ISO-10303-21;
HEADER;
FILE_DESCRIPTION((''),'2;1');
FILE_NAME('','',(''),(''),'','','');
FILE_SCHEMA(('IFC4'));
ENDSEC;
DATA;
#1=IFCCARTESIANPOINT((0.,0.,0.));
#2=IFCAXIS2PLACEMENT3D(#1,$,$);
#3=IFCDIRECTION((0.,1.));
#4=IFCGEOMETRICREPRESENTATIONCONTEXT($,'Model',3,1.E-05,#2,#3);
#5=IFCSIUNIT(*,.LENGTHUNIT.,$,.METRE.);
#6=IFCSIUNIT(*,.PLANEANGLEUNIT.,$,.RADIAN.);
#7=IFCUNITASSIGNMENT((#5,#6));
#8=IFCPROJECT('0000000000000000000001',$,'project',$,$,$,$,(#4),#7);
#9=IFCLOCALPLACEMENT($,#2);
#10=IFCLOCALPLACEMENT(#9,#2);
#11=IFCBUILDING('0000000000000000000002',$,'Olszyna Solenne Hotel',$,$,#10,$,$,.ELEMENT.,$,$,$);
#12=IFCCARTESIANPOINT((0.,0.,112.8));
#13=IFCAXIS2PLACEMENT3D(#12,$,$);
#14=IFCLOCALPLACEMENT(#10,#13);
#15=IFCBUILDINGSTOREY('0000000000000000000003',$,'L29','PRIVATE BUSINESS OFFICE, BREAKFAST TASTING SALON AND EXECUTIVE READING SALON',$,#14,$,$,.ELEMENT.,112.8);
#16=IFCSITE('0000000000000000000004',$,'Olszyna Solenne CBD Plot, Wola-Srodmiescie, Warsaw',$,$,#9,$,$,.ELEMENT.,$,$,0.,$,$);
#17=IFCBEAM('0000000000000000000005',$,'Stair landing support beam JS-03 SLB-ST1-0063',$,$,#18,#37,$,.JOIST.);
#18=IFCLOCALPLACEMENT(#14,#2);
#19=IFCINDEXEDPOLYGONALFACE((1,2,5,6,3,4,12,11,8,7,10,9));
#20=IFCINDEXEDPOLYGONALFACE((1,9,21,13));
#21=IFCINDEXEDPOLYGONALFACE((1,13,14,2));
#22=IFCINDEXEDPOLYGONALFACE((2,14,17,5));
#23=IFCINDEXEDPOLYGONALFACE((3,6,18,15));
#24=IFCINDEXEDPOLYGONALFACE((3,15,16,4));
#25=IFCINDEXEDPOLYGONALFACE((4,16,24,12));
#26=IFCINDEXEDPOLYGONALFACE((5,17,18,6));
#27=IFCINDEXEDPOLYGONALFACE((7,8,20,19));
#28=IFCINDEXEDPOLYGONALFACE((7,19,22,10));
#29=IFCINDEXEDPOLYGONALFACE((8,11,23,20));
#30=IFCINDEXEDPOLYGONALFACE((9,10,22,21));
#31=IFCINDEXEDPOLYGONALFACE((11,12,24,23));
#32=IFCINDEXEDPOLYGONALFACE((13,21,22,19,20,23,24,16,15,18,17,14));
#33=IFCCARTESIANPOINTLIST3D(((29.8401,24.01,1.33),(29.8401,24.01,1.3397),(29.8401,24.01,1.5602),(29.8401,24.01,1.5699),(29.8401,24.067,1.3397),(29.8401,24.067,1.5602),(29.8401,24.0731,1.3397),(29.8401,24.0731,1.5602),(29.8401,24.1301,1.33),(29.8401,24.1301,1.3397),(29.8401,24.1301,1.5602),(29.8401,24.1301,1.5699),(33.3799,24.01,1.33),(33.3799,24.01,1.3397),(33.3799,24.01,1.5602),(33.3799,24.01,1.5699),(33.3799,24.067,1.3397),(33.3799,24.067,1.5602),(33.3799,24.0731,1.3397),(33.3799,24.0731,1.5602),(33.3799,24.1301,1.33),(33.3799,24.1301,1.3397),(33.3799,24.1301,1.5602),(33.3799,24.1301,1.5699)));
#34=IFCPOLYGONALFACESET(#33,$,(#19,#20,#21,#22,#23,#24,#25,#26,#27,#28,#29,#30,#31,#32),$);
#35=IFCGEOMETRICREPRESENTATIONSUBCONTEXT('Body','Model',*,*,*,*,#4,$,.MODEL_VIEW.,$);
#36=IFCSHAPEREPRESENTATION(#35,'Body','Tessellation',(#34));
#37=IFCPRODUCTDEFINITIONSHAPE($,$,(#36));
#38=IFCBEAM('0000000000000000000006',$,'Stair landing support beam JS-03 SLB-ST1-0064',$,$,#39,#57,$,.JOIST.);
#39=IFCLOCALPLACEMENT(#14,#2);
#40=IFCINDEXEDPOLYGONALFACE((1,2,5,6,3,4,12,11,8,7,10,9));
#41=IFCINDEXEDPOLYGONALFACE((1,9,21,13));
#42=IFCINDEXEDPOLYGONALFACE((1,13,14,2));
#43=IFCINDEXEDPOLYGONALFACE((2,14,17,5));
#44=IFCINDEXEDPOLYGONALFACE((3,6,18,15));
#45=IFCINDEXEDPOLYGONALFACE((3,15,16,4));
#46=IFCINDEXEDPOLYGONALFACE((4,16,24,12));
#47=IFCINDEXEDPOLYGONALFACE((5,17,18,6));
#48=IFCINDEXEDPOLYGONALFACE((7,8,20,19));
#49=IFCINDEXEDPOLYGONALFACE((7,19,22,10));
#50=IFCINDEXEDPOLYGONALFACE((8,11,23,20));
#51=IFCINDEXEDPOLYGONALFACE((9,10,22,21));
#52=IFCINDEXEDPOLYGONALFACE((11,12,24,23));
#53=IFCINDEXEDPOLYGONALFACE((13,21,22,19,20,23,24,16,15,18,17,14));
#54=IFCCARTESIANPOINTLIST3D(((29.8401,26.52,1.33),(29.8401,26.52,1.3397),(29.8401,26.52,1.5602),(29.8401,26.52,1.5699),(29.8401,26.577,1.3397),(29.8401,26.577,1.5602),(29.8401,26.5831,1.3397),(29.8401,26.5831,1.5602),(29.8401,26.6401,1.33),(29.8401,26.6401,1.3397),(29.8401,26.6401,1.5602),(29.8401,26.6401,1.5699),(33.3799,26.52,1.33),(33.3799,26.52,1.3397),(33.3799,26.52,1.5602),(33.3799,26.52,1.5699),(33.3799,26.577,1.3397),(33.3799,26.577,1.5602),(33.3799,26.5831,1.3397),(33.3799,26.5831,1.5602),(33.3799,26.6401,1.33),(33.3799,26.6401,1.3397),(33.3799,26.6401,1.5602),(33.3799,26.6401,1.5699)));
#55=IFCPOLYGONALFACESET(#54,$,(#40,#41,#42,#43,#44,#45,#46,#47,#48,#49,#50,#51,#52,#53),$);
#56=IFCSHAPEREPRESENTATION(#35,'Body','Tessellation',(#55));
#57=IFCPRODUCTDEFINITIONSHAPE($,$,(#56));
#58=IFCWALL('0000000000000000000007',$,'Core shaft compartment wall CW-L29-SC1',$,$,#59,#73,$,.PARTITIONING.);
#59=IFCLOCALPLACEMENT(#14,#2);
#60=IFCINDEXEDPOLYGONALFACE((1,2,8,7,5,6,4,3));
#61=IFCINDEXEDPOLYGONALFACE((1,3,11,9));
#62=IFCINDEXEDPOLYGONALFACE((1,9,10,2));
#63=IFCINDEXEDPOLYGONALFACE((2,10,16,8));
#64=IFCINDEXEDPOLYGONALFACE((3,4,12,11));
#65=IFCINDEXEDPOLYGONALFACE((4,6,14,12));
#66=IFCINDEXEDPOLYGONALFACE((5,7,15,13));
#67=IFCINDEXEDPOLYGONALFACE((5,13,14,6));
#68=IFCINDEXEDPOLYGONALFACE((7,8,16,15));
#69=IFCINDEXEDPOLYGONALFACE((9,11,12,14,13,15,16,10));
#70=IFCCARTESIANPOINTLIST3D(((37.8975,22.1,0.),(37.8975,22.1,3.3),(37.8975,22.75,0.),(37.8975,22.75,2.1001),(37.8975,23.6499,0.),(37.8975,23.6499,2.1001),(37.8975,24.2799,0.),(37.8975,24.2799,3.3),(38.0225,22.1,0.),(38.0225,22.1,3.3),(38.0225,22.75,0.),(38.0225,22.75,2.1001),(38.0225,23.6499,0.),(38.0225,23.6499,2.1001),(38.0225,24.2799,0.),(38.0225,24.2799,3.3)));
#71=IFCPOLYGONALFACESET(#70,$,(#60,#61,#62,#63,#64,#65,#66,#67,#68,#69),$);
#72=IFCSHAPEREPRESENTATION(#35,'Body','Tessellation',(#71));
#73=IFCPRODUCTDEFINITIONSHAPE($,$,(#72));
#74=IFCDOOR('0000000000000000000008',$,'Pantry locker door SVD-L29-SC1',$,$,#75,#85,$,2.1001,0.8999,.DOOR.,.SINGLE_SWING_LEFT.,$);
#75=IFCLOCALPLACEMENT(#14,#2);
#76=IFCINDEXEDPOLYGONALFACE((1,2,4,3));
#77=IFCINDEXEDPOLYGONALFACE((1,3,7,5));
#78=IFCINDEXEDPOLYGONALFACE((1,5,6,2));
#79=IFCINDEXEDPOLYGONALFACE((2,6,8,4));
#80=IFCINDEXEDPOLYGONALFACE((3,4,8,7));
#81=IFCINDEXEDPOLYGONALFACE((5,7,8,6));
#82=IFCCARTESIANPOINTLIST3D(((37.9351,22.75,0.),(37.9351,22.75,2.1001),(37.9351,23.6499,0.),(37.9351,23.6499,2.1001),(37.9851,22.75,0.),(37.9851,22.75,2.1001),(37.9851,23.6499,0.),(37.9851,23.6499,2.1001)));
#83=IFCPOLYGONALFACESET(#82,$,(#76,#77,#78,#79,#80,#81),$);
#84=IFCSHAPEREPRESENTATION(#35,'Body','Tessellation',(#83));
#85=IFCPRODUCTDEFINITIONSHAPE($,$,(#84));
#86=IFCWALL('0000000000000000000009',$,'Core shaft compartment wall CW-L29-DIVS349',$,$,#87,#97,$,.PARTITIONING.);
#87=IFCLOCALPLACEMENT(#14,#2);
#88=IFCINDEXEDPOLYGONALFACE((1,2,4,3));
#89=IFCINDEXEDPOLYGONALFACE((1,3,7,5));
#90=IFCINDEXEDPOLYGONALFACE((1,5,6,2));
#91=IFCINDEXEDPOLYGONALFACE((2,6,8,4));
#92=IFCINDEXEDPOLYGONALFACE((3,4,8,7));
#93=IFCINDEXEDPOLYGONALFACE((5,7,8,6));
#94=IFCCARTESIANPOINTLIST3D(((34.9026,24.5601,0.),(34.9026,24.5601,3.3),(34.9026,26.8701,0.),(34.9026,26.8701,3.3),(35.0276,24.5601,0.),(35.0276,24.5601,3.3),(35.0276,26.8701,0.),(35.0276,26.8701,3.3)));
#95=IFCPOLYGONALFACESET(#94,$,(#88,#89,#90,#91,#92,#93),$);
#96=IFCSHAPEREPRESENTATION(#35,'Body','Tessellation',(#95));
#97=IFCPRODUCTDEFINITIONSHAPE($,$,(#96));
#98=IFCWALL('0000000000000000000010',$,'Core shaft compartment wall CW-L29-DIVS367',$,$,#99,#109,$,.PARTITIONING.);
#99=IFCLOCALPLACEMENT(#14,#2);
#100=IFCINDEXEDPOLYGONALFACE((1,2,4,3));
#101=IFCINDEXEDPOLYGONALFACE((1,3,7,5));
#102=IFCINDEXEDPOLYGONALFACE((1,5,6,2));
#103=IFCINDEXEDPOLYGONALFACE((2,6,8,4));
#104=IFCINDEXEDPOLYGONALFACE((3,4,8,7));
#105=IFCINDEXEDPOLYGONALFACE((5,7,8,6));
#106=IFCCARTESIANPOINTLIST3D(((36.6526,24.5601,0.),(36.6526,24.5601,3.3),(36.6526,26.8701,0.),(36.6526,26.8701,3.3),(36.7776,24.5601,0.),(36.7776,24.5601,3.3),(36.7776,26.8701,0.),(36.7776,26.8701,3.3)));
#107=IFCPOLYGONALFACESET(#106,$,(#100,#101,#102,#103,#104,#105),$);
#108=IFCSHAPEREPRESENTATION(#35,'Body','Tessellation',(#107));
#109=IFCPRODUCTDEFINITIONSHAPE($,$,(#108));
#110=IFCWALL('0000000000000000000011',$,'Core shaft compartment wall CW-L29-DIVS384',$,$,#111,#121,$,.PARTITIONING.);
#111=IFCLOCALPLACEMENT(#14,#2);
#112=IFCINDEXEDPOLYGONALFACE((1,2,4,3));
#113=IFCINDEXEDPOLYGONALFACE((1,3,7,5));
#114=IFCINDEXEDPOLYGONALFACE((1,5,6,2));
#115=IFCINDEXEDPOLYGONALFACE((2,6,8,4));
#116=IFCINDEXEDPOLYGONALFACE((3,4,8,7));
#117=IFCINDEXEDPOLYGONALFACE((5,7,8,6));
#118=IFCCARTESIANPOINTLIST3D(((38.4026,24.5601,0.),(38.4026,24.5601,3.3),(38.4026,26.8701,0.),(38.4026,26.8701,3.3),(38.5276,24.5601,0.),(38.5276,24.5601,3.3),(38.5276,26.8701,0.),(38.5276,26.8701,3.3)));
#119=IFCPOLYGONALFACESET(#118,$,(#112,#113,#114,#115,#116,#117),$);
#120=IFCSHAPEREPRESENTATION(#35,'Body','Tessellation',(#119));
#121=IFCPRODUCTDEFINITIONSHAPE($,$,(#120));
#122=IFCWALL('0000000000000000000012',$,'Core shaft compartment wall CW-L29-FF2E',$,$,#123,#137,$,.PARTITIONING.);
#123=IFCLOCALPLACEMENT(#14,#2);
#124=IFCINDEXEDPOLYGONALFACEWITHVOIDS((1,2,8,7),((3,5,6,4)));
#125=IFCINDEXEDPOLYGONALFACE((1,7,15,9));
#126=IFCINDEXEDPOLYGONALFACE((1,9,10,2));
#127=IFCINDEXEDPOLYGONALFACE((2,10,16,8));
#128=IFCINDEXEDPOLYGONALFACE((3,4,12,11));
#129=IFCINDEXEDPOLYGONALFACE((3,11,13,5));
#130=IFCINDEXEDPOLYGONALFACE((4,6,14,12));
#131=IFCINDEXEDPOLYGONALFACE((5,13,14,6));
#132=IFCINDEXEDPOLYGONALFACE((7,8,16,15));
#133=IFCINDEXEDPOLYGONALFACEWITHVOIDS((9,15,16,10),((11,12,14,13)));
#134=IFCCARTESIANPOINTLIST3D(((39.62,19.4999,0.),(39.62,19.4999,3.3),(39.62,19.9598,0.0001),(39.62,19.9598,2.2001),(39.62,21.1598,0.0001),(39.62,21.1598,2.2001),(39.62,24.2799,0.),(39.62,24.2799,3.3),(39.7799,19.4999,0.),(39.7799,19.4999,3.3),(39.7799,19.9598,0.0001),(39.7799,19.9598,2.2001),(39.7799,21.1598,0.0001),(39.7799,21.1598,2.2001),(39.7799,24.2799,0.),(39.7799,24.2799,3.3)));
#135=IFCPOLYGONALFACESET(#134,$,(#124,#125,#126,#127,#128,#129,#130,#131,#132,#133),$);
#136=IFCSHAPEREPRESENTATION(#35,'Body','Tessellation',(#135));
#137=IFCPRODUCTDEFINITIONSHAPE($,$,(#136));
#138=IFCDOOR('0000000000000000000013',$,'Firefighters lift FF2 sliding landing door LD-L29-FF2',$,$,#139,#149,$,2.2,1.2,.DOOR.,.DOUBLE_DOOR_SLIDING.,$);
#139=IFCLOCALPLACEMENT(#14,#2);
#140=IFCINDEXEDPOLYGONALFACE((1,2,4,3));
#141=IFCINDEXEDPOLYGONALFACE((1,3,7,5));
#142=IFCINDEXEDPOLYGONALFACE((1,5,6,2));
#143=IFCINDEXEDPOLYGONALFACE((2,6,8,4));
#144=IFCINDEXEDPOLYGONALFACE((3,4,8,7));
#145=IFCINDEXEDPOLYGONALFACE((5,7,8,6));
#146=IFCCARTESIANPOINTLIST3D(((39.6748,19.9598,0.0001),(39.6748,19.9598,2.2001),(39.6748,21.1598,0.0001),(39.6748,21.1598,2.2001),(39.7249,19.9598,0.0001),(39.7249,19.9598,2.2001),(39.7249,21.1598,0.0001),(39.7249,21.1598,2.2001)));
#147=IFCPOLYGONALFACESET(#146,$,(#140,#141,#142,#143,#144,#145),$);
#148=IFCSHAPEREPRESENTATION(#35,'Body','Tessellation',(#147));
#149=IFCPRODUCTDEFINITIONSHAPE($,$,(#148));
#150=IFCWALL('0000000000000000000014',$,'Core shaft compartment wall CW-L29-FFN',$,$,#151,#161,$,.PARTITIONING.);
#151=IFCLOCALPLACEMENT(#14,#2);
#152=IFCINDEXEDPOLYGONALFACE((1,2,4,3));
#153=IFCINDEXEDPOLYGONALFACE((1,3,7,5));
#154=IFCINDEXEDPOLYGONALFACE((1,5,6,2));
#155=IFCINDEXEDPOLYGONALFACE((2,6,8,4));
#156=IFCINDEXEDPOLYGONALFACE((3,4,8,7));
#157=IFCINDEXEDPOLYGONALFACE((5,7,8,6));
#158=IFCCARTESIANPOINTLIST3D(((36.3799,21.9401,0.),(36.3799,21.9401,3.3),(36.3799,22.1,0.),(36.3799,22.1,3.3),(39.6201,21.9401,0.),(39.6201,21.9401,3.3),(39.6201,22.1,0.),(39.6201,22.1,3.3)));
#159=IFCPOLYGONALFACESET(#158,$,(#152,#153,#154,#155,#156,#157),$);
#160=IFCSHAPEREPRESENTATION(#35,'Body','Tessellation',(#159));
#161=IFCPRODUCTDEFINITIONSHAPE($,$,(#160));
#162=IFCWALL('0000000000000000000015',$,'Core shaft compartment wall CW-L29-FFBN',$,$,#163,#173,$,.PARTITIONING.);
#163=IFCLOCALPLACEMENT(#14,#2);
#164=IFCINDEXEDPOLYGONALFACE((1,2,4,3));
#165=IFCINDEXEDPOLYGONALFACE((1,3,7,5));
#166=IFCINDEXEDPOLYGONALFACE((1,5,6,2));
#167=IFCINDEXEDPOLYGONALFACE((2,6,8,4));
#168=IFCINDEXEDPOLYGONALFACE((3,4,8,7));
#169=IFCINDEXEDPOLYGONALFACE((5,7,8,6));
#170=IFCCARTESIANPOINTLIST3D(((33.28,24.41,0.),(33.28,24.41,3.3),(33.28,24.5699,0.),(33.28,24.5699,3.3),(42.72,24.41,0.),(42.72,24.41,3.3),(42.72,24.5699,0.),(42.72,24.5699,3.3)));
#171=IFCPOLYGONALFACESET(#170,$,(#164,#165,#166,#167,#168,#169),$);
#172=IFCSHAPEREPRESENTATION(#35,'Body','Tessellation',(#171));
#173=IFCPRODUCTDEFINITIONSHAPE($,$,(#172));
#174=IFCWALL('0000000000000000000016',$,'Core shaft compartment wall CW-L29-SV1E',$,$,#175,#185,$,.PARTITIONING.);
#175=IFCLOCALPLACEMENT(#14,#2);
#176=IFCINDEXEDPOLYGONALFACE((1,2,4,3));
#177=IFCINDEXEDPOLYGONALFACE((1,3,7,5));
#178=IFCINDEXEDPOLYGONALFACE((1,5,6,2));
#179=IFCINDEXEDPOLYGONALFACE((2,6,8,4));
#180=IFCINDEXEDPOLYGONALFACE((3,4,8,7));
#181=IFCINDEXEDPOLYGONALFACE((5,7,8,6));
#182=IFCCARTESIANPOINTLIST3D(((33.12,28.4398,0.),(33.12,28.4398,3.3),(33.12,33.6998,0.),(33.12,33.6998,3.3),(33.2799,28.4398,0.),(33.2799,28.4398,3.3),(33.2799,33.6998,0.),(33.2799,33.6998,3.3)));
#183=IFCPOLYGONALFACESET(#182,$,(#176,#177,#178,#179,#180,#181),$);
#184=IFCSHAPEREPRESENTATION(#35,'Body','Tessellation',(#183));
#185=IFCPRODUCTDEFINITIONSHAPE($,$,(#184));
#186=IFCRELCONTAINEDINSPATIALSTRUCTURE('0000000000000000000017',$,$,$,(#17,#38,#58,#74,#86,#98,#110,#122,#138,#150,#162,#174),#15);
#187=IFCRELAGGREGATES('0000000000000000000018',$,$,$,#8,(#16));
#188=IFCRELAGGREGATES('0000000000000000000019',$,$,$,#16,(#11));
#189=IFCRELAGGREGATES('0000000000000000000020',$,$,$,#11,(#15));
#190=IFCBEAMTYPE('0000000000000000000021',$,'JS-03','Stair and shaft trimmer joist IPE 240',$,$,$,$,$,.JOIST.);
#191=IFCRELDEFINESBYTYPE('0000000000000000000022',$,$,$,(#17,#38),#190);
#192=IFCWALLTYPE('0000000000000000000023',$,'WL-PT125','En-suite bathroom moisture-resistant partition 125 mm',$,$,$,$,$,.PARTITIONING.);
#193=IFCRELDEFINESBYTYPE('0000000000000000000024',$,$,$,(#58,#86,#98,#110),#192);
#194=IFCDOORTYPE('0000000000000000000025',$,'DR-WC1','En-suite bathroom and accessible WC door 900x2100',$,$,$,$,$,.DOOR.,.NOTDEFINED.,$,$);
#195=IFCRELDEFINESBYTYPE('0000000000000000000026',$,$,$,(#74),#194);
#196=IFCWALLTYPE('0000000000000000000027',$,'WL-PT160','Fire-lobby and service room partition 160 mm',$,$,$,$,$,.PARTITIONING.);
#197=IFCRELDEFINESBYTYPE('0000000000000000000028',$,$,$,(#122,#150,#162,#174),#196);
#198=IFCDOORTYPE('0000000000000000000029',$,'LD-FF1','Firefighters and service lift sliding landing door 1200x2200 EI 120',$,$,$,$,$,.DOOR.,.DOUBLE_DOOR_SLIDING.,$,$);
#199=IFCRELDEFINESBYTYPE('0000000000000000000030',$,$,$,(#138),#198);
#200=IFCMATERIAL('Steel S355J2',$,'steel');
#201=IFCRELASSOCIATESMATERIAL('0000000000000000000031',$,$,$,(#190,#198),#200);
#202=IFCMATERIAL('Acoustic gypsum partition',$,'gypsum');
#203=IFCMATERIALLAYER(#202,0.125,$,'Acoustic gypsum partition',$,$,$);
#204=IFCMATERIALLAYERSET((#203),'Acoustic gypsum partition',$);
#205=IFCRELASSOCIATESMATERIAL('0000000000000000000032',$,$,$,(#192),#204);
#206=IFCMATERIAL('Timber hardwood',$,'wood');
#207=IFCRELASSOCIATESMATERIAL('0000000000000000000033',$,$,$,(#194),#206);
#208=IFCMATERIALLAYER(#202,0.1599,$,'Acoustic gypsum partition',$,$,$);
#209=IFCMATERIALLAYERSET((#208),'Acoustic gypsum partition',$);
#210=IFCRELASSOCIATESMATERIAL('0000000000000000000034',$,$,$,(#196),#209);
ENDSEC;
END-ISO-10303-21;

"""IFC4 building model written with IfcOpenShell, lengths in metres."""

from ifc_helpers import new_model, si_unit, direction, frame, frame_2d, origin, origin_2d, place, context, subcontext, project, spatial, rectangle, i_section, extrude, source, transform, mapped, material, layer, layer_set, material_profile, profile_set, type_object, type_shapes, element, fill, save


model = new_model("IFC4")

# Units and contexts
model_context = context("Model", 3, precision=1e-05, world=origin(), true_north=direction((0.0, 1.0)))
body_context = subcontext(model_context, "Body", "Model", "MODEL_VIEW")
ifc_project = project(units=[si_unit("LENGTHUNIT", "METRE"), si_unit("PLANEANGLEUNIT", "RADIAN")], contexts=[model_context])

# Site, building, storey
site_placement = place(None, origin())
site = spatial("IfcSite", under=ifc_project, at=site_placement, Name="Olszyna Solenne CBD Plot, Wola-Srodmiescie, Warsaw", CompositionType="ELEMENT", RefElevation=0.0)
building_placement = place(site_placement, origin())
building = spatial("IfcBuilding", under=site, at=building_placement, Name="Olszyna Solenne Hotel", CompositionType="ELEMENT")
storey_placement = place(building_placement, frame((0.0, 0.0, 112.8)))
storey = spatial("IfcBuildingStorey", under=building, at=storey_placement, Name="L29", Description="PRIVATE BUSINESS OFFICE, BREAKFAST TASTING SALON AND EXECUTIVE READING SALON", CompositionType="ELEMENT", Elevation=112.8)

# Beams
ifc_material_1 = material(Name="Steel S355J2", Category="steel")
ifc_material_profile = material_profile(ifc_material_1, i_section(OverallWidth=0.1201, OverallDepth=0.24, WebThickness=0.0061, FlangeThickness=0.0098, at=origin_2d()), Name="IPE 240", Category="load-bearing")
ifc_profile_set = profile_set([ifc_material_profile], Name="Steel S355J2")
beam_type = type_object("IfcBeamType", Name="JS-03", Description="Stair and shaft trimmer joist IPE 240", PredefinedType="JOIST", material=ifc_profile_set)
shared_shape_1 = source(origin(), body_context, "Body", "SweptSolid", [
    extrude(i_section(OverallWidth=0.1201, OverallDepth=0.24, WebThickness=0.0061, FlangeThickness=0.0098, at=origin_2d()), origin(), (0.0, 0.0, 1.0), 3.5398),
])
for number, where, z_axis, x_axis, name in (
    (1, (33.3799, 24.0701, 1.45), (-1.0, 0.0, 0.0), (0.0, -1.0, 0.0), "Stair landing support beam JS-03 SLB-ST1-0063"),
    (2, (33.3799, 26.5801, 1.45), (-1.0, 0.0, 0.0), (0.0, -1.0, 0.0), "Stair landing support beam JS-03 SLB-ST1-0064"),
):
    element("IfcBeam", number, at=place(storey_placement, frame(where, z_axis=z_axis, x_axis=x_axis)), inside=storey, type_object=beam_type, Name=name, PredefinedType="JOIST", context=body_context, shape_type="MappedRepresentation", body=[
        mapped(shared_shape_1, transform((0.0, 0.0, 0.0), x_axis=(1.0, 0.0, 0.0), y_axis=(0.0, 1.0, 0.0), z_axis=(0.0, 0.0, 1.0), scale=1.0)),
    ])

# Wall, opening, door
ifc_material_2 = material(Name="Acoustic gypsum partition", Category="gypsum")
ifc_layer_1 = layer(ifc_material_2, 0.125, Name="Acoustic gypsum partition")
ifc_layer_set_1 = layer_set([ifc_layer_1], Name="Acoustic gypsum partition")
wall_type_1 = type_object("IfcWallType", Name="WL-PT125", Description="En-suite bathroom moisture-resistant partition 125 mm", PredefinedType="PARTITIONING", material=ifc_layer_set_1)
wall_1_placement = place(storey_placement, frame((37.96, 22.1001, 0.0), z_axis=(0.0, 0.0, 1.0), x_axis=(0.0, 1.0, 0.0)))
wall_1 = element("IfcWall", 3, at=wall_1_placement, inside=storey, type_object=wall_type_1, Name="Core shaft compartment wall CW-L29-SC1", PredefinedType="PARTITIONING", context=body_context, shape_type="SweptSolid", body=[
    extrude(rectangle(XDim=2.1799, YDim=0.125, at=frame_2d((1.0898, 0.0))), origin(), (0.0, 0.0, 1.0), 3.3),
])
opening_1_placement = place(wall_1_placement, frame((0.6499, 0.0, 0.0)))
opening_1 = element("IfcOpeningElement", 4, at=opening_1_placement, cuts=wall_1, PredefinedType="OPENING", context=body_context, shape_type="SweptSolid", body=[
    extrude(rectangle(XDim=0.8999, YDim=2.1001, at=frame_2d((0.45, 1.05))), frame((0.0, 0.0725, 0.0), z_axis=(0.0, -1.0, 0.0), x_axis=(1.0, 0.0, 0.0)), (0.0, 0.0, 1.0), 0.145),
])
ifc_material_3 = material(Name="Timber hardwood", Category="wood")
door_type_1 = type_object("IfcDoorType", Name="DR-WC1", Description="En-suite bathroom and accessible WC door 900x2100", OperationType="NOTDEFINED", PredefinedType="DOOR", material=ifc_material_3)
shared_shape_2 = source(origin(), body_context, "Body", "SweptSolid", [
    extrude(rectangle(XDim=0.8999, YDim=2.1001, at=frame_2d((0.45, 1.05))), frame((0.0, 0.0249, 0.0), z_axis=(0.0, -1.0, 0.0), x_axis=(1.0, 0.0, 0.0)), (0.0, 0.0, 1.0), 0.05),
])
type_shapes(door_type_1, [shared_shape_2])
door_1_placement = place(opening_1_placement, origin())
door_1 = element("IfcDoor", 5, at=door_1_placement, inside=storey, type_object=door_type_1, Name="Pantry locker door SVD-L29-SC1", OperationType="SINGLE_SWING_LEFT", OverallHeight=2.1001, OverallWidth=0.8999, PredefinedType="DOOR", context=body_context, shape_type="MappedRepresentation", body=[
    mapped(shared_shape_2, transform((0.0, 0.0, 0.0), x_axis=(1.0, 0.0, 0.0), y_axis=(0.0, 1.0, 0.0), z_axis=(0.0, 0.0, 1.0), scale=1.0)),
])
fill(opening_1, door_1)

# Walls
for number, where, z_axis, x_axis, name in (
    (6, (34.9651, 24.5601, 0.0), (0.0, 0.0, 1.0), (0.0, 1.0, 0.0), "Core shaft compartment wall CW-L29-DIVS349"),
    (7, (36.7151, 24.5601, 0.0), (0.0, 0.0, 1.0), (0.0, 1.0, 0.0), "Core shaft compartment wall CW-L29-DIVS367"),
    (8, (38.4651, 24.5601, 0.0), (0.0, 0.0, 1.0), (0.0, 1.0, 0.0), "Core shaft compartment wall CW-L29-DIVS384"),
):
    element("IfcWall", number, at=place(storey_placement, frame(where, z_axis=z_axis, x_axis=x_axis)), inside=storey, type_object=wall_type_1, Name=name, PredefinedType="PARTITIONING", context=body_context, shape_type="SweptSolid", body=[
        extrude(rectangle(XDim=2.3101, YDim=0.125, at=frame_2d((1.155, 0.0))), origin(), (0.0, 0.0, 1.0), 3.3),
    ])

# Wall, opening, door
ifc_layer_2 = layer(ifc_material_2, 0.1599, Name="Acoustic gypsum partition")
ifc_layer_set_2 = layer_set([ifc_layer_2], Name="Acoustic gypsum partition")
wall_type_2 = type_object("IfcWallType", Name="WL-PT160", Description="Fire-lobby and service room partition 160 mm", PredefinedType="PARTITIONING", material=ifc_layer_set_2)
wall_2_placement = place(storey_placement, frame((39.7, 24.28, 0.0), z_axis=(0.0, 0.0, 1.0), x_axis=(0.0, -1.0, 0.0)))
wall_2 = element("IfcWall", 9, at=wall_2_placement, inside=storey, type_object=wall_type_2, Name="Core shaft compartment wall CW-L29-FF2E", PredefinedType="PARTITIONING", context=body_context, shape_type="SweptSolid", body=[
    extrude(rectangle(XDim=4.78, YDim=0.1599, at=frame_2d((2.3901, 0.0))), origin(), (0.0, 0.0, 1.0), 3.3),
])
opening_2_placement = place(wall_2_placement, frame((3.1201, 0.0, 0.0)))
opening_2 = element("IfcOpeningElement", 10, at=opening_2_placement, cuts=wall_2, PredefinedType="OPENING", context=body_context, shape_type="SweptSolid", body=[
    extrude(rectangle(XDim=1.2, YDim=2.2, at=frame_2d((0.6001, 1.1001))), frame((0.0, 0.0898, 0.0), z_axis=(0.0, -1.0, 0.0), x_axis=(1.0, 0.0, 0.0)), (0.0, 0.0, 1.0), 0.1799),
])
door_type_2 = type_object("IfcDoorType", Name="LD-FF1", Description="Firefighters and service lift sliding landing door 1200x2200 EI 120", OperationType="DOUBLE_DOOR_SLIDING", PredefinedType="DOOR", material=ifc_material_1)
shared_shape_3 = source(origin(), body_context, "Body", "SweptSolid", [
    extrude(rectangle(XDim=1.2, YDim=2.2, at=frame_2d((0.6001, 1.1001))), frame((0.0, 0.0249, 0.0), z_axis=(0.0, -1.0, 0.0), x_axis=(1.0, 0.0, 0.0)), (0.0, 0.0, 1.0), 0.05),
])
type_shapes(door_type_2, [shared_shape_3])
door_2_placement = place(opening_2_placement, origin())
door_2 = element("IfcDoor", 11, at=door_2_placement, inside=storey, type_object=door_type_2, Name="Firefighters lift FF2 sliding landing door LD-L29-FF2", OperationType="DOUBLE_DOOR_SLIDING", OverallHeight=2.2, OverallWidth=1.2, PredefinedType="DOOR", context=body_context, shape_type="MappedRepresentation", body=[
    mapped(shared_shape_3, transform((0.0, 0.0, 0.0), x_axis=(1.0, 0.0, 0.0), y_axis=(0.0, 1.0, 0.0), z_axis=(0.0, 0.0, 1.0), scale=1.0)),
])
fill(opening_2, door_2)

# Walls
wall_3_placement = place(storey_placement, frame((36.3799, 22.02, 0.0), z_axis=(0.0, 0.0, 1.0), x_axis=(1.0, 0.0, 0.0)))
element("IfcWall", 12, at=wall_3_placement, inside=storey, type_object=wall_type_2, Name="Core shaft compartment wall CW-L29-FFN", PredefinedType="PARTITIONING", context=body_context, shape_type="SweptSolid", body=[
    extrude(rectangle(XDim=3.2402, YDim=0.1599, at=frame_2d((1.6201, 0.0))), origin(), (0.0, 0.0, 1.0), 3.3),
])
wall_4_placement = place(storey_placement, frame((33.28, 24.49, 0.0), z_axis=(0.0, 0.0, 1.0), x_axis=(1.0, 0.0, 0.0)))
element("IfcWall", 13, at=wall_4_placement, inside=storey, type_object=wall_type_2, Name="Core shaft compartment wall CW-L29-FFBN", PredefinedType="PARTITIONING", context=body_context, shape_type="SweptSolid", body=[
    extrude(rectangle(XDim=9.4399, YDim=0.1599, at=frame_2d((4.72, 0.0))), origin(), (0.0, 0.0, 1.0), 3.3),
])
wall_5_placement = place(storey_placement, frame((33.2, 28.4399, 0.0), z_axis=(0.0, 0.0, 1.0), x_axis=(0.0, 1.0, 0.0)))
element("IfcWall", 14, at=wall_5_placement, inside=storey, type_object=wall_type_2, Name="Core shaft compartment wall CW-L29-SV1E", PredefinedType="PARTITIONING", context=body_context, shape_type="SweptSolid", body=[
    extrude(rectangle(XDim=5.26, YDim=0.1599, at=frame_2d((2.6299, 0.0))), origin(), (0.0, 0.0, 1.0), 3.3),
])

save(model, "model.ifc")
